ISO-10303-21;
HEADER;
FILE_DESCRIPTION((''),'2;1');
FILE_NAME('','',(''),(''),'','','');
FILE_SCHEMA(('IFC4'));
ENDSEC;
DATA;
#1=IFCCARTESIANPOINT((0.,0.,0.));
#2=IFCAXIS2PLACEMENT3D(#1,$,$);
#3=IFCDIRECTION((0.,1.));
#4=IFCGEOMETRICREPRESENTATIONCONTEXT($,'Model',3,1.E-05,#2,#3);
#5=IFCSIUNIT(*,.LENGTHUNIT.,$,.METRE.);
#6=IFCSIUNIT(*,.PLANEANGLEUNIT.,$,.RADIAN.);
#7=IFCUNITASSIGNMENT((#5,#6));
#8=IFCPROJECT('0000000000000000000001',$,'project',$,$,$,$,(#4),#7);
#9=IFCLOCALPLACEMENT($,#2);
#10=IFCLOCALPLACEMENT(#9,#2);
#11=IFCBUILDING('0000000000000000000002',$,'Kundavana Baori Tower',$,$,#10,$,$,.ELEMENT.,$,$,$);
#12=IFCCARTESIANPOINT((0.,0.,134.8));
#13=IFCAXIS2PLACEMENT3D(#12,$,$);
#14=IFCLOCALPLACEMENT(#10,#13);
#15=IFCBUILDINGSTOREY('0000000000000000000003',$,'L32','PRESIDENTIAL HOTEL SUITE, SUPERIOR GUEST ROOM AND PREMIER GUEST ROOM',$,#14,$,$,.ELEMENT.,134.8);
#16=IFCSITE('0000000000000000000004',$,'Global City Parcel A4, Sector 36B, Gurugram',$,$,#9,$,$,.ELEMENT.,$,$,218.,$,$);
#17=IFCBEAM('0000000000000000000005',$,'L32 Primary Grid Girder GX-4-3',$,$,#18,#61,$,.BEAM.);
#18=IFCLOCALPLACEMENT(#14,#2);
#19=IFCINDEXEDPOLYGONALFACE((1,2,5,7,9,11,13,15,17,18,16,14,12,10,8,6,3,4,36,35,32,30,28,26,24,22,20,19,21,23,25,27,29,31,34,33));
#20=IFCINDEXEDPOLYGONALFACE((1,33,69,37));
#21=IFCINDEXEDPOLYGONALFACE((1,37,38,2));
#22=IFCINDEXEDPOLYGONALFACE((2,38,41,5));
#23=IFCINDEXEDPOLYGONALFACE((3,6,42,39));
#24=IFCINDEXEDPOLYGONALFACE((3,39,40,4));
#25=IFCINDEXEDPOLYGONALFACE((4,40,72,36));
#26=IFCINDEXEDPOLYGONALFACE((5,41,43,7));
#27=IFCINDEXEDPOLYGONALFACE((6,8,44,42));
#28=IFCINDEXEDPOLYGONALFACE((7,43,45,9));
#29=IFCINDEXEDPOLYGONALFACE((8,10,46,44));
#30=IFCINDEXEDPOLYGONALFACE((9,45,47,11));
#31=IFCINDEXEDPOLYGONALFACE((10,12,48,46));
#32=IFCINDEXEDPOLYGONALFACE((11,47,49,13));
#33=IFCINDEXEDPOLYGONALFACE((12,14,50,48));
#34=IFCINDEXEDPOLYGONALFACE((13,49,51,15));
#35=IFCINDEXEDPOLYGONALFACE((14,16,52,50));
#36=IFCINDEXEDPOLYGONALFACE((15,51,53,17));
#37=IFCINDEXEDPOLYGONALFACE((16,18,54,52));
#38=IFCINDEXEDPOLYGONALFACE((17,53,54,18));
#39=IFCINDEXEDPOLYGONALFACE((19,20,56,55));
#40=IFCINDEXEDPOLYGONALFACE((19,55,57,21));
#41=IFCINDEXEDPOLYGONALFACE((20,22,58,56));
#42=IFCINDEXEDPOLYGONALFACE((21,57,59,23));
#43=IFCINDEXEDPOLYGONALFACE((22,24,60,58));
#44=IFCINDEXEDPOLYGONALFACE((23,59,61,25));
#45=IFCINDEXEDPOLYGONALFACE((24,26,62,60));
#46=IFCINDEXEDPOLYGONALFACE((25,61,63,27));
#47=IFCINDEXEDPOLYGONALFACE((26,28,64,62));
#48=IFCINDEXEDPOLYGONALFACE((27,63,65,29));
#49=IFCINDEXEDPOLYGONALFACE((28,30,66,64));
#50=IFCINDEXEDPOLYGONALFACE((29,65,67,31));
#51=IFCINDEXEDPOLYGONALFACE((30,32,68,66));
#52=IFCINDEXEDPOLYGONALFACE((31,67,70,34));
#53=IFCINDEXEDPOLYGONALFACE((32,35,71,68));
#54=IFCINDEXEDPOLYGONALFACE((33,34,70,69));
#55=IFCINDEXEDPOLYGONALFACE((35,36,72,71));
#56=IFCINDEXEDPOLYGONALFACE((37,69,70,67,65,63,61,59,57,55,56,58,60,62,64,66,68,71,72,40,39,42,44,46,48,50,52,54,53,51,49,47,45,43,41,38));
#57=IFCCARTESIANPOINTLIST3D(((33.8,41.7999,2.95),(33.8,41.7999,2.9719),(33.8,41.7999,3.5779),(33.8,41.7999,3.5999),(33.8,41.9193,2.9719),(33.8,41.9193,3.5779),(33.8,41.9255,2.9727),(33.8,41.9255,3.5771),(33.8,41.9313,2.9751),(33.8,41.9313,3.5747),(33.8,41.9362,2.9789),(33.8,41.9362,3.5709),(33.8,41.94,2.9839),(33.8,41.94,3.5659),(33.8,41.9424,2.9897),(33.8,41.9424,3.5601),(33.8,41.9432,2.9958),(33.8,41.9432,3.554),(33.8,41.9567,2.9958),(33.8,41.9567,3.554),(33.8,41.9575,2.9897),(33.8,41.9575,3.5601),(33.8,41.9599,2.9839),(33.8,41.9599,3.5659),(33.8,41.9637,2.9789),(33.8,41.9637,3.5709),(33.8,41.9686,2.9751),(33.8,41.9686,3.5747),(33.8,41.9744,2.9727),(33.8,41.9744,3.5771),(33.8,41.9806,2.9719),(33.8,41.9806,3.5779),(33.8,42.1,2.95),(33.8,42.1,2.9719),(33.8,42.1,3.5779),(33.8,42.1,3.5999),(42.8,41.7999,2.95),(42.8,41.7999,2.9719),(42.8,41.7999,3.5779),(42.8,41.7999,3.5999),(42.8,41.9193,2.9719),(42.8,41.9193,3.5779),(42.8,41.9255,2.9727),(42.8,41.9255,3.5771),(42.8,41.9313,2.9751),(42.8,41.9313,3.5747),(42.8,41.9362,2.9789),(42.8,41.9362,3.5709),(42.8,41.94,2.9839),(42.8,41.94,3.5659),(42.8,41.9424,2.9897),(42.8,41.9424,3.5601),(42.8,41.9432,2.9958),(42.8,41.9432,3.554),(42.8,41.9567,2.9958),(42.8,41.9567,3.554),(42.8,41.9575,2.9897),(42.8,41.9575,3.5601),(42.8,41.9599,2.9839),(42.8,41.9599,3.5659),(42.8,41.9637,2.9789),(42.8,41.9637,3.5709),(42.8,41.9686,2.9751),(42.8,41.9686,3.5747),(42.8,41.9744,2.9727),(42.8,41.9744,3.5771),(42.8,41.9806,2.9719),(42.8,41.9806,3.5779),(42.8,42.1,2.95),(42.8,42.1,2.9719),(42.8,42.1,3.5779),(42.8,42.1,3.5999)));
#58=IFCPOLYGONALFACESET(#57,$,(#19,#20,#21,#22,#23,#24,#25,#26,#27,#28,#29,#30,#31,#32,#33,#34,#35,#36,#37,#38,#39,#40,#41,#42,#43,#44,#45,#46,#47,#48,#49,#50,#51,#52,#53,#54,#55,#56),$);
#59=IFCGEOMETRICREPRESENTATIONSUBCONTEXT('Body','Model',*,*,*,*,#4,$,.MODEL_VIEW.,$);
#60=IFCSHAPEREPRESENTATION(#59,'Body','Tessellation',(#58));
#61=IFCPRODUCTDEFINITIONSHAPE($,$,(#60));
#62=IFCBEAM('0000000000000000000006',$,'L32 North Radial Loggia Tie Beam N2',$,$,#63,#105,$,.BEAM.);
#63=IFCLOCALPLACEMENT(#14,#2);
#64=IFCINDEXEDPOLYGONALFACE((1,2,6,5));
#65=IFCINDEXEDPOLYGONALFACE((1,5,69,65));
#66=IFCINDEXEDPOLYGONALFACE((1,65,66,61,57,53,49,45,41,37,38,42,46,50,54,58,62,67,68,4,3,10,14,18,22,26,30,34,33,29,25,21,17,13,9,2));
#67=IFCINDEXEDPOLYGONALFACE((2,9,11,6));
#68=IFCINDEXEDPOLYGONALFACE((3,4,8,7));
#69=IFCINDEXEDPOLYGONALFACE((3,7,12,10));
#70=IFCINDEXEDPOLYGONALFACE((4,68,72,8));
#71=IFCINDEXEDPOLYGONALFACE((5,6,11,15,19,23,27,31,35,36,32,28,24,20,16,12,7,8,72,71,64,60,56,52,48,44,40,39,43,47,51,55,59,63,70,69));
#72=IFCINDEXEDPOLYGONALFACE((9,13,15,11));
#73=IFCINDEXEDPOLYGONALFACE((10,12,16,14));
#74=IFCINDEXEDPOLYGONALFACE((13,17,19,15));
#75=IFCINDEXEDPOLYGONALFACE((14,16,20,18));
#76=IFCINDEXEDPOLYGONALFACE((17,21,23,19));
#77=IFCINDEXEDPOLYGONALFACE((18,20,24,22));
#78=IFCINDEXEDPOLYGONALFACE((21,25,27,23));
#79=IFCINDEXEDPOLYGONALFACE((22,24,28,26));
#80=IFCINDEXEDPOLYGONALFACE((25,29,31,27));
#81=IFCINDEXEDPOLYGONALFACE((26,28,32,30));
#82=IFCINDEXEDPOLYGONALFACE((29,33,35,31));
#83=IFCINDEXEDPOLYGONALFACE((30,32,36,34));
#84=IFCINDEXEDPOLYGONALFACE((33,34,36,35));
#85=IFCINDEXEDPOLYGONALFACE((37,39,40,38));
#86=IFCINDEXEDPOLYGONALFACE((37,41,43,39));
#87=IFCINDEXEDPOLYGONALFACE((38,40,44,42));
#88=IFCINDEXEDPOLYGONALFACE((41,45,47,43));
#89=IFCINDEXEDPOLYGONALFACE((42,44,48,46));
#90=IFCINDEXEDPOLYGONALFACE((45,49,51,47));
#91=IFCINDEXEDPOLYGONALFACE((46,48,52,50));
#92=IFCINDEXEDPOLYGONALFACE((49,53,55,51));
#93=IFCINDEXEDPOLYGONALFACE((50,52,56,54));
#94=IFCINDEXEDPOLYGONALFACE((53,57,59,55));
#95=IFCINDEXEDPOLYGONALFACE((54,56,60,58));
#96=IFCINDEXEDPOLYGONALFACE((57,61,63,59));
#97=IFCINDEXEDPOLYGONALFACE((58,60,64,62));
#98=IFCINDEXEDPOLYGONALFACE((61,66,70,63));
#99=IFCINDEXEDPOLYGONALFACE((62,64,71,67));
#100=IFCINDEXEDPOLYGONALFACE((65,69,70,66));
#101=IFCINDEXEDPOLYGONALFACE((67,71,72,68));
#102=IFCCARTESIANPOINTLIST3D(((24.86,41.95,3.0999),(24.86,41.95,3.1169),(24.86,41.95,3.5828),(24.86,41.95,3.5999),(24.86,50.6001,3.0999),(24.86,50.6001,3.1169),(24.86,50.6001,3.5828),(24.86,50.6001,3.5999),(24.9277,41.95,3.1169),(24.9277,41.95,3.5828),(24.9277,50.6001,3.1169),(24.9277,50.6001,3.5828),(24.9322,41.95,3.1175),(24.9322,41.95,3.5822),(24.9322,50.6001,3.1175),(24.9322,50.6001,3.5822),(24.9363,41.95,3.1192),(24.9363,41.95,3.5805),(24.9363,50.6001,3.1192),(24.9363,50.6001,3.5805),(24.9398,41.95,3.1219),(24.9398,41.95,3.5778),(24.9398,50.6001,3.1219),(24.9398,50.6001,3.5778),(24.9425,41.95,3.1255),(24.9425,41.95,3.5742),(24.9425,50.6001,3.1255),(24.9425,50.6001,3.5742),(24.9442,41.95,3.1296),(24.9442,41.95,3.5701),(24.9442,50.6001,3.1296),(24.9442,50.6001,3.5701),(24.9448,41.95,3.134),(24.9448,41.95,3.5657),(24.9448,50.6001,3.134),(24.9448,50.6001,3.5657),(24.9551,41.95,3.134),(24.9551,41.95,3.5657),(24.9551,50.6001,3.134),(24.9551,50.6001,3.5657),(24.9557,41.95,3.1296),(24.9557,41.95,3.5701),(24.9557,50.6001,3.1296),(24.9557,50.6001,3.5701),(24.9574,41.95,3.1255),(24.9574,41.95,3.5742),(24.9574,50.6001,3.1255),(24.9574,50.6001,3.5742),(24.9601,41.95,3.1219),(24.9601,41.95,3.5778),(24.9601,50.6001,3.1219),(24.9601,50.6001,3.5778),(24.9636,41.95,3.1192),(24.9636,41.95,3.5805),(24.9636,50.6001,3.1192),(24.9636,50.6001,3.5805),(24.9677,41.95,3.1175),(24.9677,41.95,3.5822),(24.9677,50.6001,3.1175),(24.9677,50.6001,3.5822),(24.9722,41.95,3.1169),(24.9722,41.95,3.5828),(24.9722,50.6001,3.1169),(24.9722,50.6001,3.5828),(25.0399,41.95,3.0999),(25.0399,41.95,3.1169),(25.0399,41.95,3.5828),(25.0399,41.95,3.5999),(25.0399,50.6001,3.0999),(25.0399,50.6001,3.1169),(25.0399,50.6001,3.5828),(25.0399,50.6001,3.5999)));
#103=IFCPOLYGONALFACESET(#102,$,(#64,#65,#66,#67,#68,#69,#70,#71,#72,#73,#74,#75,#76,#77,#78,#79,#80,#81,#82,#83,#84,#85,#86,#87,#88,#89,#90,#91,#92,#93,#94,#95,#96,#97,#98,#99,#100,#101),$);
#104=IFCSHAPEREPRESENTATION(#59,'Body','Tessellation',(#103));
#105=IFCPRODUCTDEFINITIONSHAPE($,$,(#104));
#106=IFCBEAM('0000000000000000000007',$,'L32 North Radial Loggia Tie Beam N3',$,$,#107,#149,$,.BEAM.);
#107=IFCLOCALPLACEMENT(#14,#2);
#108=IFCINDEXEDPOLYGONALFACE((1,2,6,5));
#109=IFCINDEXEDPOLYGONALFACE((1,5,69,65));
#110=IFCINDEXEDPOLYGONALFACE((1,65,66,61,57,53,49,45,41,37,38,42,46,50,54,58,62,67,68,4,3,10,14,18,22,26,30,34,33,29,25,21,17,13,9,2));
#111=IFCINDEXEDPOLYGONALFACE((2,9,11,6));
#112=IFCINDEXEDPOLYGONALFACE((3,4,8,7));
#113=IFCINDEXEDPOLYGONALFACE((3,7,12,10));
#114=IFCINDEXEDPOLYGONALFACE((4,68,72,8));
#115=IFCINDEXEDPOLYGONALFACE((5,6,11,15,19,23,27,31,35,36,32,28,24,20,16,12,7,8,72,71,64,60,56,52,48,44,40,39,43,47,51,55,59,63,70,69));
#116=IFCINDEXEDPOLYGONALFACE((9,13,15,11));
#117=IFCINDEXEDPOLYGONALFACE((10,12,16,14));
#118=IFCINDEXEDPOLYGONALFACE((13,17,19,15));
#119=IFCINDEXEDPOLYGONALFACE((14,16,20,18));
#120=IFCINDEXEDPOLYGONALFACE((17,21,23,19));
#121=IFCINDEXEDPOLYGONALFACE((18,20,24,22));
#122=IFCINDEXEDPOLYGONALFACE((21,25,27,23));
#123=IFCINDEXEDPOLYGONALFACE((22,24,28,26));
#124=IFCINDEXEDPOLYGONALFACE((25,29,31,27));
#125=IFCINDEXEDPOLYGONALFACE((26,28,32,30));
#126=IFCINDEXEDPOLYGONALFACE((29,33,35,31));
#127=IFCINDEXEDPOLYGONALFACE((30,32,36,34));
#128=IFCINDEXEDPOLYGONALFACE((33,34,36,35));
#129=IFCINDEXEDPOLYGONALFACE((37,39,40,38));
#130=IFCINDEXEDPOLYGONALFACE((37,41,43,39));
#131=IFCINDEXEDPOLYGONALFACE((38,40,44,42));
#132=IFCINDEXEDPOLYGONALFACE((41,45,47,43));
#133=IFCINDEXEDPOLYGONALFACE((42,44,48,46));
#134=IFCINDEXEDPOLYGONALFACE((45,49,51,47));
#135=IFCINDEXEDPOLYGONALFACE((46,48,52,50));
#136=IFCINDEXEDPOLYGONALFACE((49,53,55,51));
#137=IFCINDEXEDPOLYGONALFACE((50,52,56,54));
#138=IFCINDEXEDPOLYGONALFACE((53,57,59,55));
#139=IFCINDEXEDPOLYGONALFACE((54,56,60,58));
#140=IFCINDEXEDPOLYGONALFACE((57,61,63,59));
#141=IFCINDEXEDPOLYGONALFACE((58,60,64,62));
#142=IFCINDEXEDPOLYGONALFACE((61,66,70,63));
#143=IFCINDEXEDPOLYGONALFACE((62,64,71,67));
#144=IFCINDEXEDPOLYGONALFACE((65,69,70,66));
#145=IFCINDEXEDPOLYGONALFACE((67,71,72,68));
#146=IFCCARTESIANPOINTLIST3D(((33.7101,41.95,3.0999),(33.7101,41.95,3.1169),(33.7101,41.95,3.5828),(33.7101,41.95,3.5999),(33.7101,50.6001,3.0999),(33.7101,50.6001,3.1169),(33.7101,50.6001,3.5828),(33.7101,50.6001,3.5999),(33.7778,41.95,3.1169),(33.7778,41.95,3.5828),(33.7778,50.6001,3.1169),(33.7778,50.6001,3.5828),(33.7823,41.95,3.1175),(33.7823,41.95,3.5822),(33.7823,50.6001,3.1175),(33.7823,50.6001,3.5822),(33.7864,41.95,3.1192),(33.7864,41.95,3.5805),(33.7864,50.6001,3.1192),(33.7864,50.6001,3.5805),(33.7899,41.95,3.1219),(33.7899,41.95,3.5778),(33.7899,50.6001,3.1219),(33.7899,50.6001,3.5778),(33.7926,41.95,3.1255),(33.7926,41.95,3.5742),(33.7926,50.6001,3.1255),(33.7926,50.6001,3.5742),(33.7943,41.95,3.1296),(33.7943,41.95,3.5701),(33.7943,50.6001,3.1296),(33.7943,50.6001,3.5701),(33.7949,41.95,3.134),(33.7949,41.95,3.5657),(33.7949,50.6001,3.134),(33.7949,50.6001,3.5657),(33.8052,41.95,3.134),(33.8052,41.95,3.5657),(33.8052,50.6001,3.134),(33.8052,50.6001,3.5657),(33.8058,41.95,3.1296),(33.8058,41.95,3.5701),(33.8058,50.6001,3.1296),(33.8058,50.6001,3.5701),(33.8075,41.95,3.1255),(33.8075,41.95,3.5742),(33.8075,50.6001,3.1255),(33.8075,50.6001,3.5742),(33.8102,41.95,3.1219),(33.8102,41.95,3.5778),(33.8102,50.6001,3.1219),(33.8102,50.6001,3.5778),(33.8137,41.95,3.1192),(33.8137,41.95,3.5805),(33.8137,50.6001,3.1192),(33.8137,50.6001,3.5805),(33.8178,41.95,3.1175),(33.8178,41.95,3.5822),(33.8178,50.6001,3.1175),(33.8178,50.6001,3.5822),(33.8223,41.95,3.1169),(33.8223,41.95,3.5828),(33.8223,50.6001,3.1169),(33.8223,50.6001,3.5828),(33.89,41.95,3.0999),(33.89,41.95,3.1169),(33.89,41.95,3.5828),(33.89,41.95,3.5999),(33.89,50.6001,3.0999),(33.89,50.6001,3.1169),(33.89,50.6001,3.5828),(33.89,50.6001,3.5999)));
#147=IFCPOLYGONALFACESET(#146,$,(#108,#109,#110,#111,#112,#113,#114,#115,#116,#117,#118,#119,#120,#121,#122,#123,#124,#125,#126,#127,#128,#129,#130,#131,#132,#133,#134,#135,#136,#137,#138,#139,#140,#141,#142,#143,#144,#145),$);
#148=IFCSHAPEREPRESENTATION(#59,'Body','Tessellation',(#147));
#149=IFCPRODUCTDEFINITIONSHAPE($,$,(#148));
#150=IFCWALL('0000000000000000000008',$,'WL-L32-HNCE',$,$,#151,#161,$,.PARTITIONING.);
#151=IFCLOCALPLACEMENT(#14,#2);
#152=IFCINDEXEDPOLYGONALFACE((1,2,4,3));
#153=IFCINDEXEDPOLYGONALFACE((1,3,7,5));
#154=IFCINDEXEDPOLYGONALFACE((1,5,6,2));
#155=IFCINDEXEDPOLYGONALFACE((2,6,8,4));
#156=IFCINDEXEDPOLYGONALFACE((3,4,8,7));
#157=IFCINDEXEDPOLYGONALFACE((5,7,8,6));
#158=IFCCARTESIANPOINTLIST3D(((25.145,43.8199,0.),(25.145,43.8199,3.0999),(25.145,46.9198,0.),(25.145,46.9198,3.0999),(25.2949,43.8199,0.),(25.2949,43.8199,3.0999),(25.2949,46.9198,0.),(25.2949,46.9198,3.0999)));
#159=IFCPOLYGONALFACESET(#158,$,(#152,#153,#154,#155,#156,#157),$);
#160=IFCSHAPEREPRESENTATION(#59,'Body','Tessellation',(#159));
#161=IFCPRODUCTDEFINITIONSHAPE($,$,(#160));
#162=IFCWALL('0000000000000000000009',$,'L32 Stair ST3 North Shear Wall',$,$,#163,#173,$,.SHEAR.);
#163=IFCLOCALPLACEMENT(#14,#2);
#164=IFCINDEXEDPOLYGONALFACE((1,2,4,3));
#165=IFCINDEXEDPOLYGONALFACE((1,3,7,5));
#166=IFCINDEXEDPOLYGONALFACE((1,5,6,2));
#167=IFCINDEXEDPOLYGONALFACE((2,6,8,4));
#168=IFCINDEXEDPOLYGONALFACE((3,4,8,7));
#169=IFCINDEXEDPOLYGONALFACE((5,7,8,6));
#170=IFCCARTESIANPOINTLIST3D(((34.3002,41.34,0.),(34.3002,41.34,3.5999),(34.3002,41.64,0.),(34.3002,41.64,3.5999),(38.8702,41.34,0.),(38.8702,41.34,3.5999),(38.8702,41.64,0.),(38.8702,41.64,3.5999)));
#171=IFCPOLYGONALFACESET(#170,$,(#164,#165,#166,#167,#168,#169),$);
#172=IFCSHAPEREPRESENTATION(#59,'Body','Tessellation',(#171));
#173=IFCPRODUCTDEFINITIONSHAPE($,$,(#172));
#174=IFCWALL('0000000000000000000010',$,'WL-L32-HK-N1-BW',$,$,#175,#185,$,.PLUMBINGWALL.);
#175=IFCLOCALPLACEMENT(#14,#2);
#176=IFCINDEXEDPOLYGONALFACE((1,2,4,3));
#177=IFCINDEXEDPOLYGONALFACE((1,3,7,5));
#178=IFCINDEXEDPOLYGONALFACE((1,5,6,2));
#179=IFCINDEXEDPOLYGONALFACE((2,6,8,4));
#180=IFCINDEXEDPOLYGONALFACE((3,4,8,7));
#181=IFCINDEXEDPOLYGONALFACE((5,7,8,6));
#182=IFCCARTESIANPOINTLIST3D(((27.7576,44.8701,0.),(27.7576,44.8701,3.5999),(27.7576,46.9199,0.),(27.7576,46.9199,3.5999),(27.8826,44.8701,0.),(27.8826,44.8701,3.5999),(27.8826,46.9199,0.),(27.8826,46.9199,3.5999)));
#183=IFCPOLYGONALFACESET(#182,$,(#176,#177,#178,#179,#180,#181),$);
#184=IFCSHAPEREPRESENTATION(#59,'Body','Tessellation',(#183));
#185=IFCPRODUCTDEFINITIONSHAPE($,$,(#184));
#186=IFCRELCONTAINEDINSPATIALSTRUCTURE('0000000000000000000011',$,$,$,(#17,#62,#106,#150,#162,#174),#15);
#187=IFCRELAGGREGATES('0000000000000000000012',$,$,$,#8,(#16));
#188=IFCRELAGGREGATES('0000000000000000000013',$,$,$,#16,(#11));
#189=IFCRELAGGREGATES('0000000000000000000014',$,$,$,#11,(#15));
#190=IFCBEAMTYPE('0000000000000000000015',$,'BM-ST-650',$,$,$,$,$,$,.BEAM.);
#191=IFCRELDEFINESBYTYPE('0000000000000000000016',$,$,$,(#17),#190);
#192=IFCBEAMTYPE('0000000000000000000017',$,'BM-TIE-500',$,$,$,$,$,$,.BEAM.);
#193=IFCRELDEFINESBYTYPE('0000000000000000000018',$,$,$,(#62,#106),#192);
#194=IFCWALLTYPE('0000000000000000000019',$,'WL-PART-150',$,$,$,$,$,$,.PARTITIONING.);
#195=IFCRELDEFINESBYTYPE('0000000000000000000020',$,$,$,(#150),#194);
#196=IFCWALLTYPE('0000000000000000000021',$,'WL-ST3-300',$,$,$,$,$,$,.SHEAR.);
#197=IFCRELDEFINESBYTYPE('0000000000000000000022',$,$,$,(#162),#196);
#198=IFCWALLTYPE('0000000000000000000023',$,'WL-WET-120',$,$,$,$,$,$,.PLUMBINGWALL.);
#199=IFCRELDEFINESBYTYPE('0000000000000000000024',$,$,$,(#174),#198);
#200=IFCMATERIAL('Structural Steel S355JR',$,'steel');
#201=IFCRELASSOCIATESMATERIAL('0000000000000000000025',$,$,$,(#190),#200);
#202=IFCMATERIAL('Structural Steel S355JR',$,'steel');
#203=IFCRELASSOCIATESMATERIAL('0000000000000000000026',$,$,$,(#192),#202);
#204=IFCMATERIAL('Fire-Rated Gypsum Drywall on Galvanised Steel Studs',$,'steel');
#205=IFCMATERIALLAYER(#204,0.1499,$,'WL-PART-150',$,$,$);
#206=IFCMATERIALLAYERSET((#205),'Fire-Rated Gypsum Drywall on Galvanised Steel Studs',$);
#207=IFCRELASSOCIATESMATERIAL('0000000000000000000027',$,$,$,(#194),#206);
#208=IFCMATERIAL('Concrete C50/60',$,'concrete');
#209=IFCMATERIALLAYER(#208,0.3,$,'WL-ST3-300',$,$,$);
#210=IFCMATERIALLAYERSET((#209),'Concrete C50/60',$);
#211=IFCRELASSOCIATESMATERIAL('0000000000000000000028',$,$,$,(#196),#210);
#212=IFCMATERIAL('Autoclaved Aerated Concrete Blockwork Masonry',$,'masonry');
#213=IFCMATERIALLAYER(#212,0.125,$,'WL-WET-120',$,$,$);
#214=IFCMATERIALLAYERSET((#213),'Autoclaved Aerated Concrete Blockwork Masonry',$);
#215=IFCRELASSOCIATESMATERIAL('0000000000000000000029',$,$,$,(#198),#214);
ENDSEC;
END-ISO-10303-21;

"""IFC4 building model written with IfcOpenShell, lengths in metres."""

from ifc_helpers import new_model, si_unit, direction, frame, frame_2d, origin, origin_2d, place, context, subcontext, project, spatial, rectangle, i_section, extrude, material, layer, layer_set, material_profile, profile_set, type_object, element, save


model = new_model("IFC4")

# Units and contexts
model_context = context("Model", 3, precision=1e-05, world=origin(), true_north=direction((0.0, 1.0)))
body_context = subcontext(model_context, "Body", "Model", "MODEL_VIEW")
ifc_project = project(units=[si_unit("LENGTHUNIT", "METRE"), si_unit("PLANEANGLEUNIT", "RADIAN")], contexts=[model_context])

# Site, building, storey
site_placement = place(None, origin())
site = spatial("IfcSite", under=ifc_project, at=site_placement, Name="Global City Parcel A4, Sector 36B, Gurugram", CompositionType="ELEMENT", RefElevation=218.0)
building_placement = place(site_placement, origin())
building = spatial("IfcBuilding", under=site, at=building_placement, Name="Kundavana Baori Tower", CompositionType="ELEMENT")
storey_placement = place(building_placement, frame((0.0, 0.0, 134.8)))
storey = spatial("IfcBuildingStorey", under=building, at=storey_placement, Name="L32", Description="PRESIDENTIAL HOTEL SUITE, SUPERIOR GUEST ROOM AND PREMIER GUEST ROOM", CompositionType="ELEMENT", Elevation=134.8)

# Beams
ifc_material_1 = material(Name="Structural Steel S355JR", Category="steel")
ifc_material_profile_1 = material_profile(ifc_material_1, i_section(OverallWidth=0.3, OverallDepth=0.6499, WebThickness=0.0134, FlangeThickness=0.022, FilletRadius=0.0239, at=origin_2d()), Name="NPB 650x300x155")
ifc_profile_set_1 = profile_set([ifc_material_profile_1], Name="Structural Steel S355JR")
beam_type_1 = type_object("IfcBeamType", Name="BM-ST-650", PredefinedType="BEAM", material=ifc_profile_set_1)
beam_1_placement = place(storey_placement, frame((33.8, 41.95, 3.2749), z_axis=(1.0, 0.0, 0.0), x_axis=(0.0, 1.0, 0.0)))
element("IfcBeam", 1, at=beam_1_placement, inside=storey, type_object=beam_type_1, Name="L32 Primary Grid Girder GX-4-3", PredefinedType="BEAM", context=body_context, shape_type="SweptSolid", body=[
    extrude(i_section(OverallWidth=0.3, OverallDepth=0.6499, WebThickness=0.0134, FlangeThickness=0.022, FilletRadius=0.0239, at=origin_2d()), origin(), (0.0, 0.0, 1.0), 9.0),
])
ifc_material_2 = material(Name="Structural Steel S355JR", Category="steel")
ifc_material_profile_2 = material_profile(ifc_material_2, i_section(OverallWidth=0.1799, OverallDepth=0.5, WebThickness=0.0103, FlangeThickness=0.0171, FilletRadius=0.0171, at=origin_2d()), Name="ISMB 500")
ifc_profile_set_2 = profile_set([ifc_material_profile_2], Name="Structural Steel S355JR")
beam_type_2 = type_object("IfcBeamType", Name="BM-TIE-500", PredefinedType="BEAM", material=ifc_profile_set_2)
for number, where, z_axis, x_axis, name in (
    (2, (24.95, 41.95, 3.3499), (0.0, 1.0, 0.0), (-1.0, 0.0, 0.0), "L32 North Radial Loggia Tie Beam N2"),
    (3, (33.8, 41.95, 3.3499), (0.0, 1.0, 0.0), (-1.0, 0.0, 0.0), "L32 North Radial Loggia Tie Beam N3"),
):
    element("IfcBeam", number, at=place(storey_placement, frame(where, z_axis=z_axis, x_axis=x_axis)), inside=storey, type_object=beam_type_2, Name=name, PredefinedType="BEAM", context=body_context, shape_type="SweptSolid", body=[
        extrude(i_section(OverallWidth=0.1799, OverallDepth=0.5, WebThickness=0.0103, FlangeThickness=0.0171, FilletRadius=0.0171, at=origin_2d()), origin(), (0.0, 0.0, 1.0), 8.6501),
    ])

# Walls
ifc_material_3 = material(Name="Fire-Rated Gypsum Drywall on Galvanised Steel Studs", Category="steel")
ifc_layer_1 = layer(ifc_material_3, 0.1499, Name="WL-PART-150")
ifc_layer_set_1 = layer_set([ifc_layer_1], Name="Fire-Rated Gypsum Drywall on Galvanised Steel Studs")
wall_type_1 = type_object("IfcWallType", Name="WL-PART-150", PredefinedType="PARTITIONING", material=ifc_layer_set_1)
wall_1_placement = place(storey_placement, frame((25.22, 43.8201, 0.0), z_axis=(0.0, 0.0, 1.0), x_axis=(0.0, 1.0, 0.0)))
element("IfcWall", 4, at=wall_1_placement, inside=storey, type_object=wall_type_1, Name="WL-L32-HNCE", PredefinedType="PARTITIONING", context=body_context, shape_type="SweptSolid", body=[
    extrude(rectangle(XDim=3.0999, YDim=0.1499, at=frame_2d((1.5498, 0.0))), origin(), (0.0, 0.0, 1.0), 3.0999),
])
ifc_material_4 = material(Name="Concrete C50/60", Category="concrete")
ifc_layer_2 = layer(ifc_material_4, 0.3, Name="WL-ST3-300")
ifc_layer_set_2 = layer_set([ifc_layer_2], Name="Concrete C50/60")
wall_type_2 = type_object("IfcWallType", Name="WL-ST3-300", PredefinedType="SHEAR", material=ifc_layer_set_2)
wall_2_placement = place(storey_placement, frame((34.3, 41.49, 0.0), z_axis=(0.0, 0.0, 1.0), x_axis=(1.0, 0.0, 0.0)))
element("IfcWall", 5, at=wall_2_placement, inside=storey, type_object=wall_type_2, Name="L32 Stair ST3 North Shear Wall", PredefinedType="SHEAR", context=body_context, shape_type="SweptSolid", body=[
    extrude(rectangle(XDim=4.5701, YDim=0.3, at=frame_2d((2.2852, 0.0))), origin(), (0.0, 0.0, 1.0), 3.5999),
])
ifc_material_5 = material(Name="Autoclaved Aerated Concrete Blockwork Masonry", Category="masonry")
ifc_layer_3 = layer(ifc_material_5, 0.125, Name="WL-WET-120")
ifc_layer_set_3 = layer_set([ifc_layer_3], Name="Autoclaved Aerated Concrete Blockwork Masonry")
wall_type_3 = type_object("IfcWallType", Name="WL-WET-120", PredefinedType="PLUMBINGWALL", material=ifc_layer_set_3)
wall_3_placement = place(storey_placement, frame((27.8201, 44.8701, 0.0), z_axis=(0.0, 0.0, 1.0), x_axis=(0.0, 1.0, 0.0)))
element("IfcWall", 6, at=wall_3_placement, inside=storey, type_object=wall_type_3, Name="WL-L32-HK-N1-BW", PredefinedType="PLUMBINGWALL", context=body_context, shape_type="SweptSolid", body=[
    extrude(rectangle(XDim=2.0498, YDim=0.125, at=frame_2d((1.0249, 0.0))), origin(), (0.0, 0.0, 1.0), 3.5999),
])

save(model, "model.ifc")
